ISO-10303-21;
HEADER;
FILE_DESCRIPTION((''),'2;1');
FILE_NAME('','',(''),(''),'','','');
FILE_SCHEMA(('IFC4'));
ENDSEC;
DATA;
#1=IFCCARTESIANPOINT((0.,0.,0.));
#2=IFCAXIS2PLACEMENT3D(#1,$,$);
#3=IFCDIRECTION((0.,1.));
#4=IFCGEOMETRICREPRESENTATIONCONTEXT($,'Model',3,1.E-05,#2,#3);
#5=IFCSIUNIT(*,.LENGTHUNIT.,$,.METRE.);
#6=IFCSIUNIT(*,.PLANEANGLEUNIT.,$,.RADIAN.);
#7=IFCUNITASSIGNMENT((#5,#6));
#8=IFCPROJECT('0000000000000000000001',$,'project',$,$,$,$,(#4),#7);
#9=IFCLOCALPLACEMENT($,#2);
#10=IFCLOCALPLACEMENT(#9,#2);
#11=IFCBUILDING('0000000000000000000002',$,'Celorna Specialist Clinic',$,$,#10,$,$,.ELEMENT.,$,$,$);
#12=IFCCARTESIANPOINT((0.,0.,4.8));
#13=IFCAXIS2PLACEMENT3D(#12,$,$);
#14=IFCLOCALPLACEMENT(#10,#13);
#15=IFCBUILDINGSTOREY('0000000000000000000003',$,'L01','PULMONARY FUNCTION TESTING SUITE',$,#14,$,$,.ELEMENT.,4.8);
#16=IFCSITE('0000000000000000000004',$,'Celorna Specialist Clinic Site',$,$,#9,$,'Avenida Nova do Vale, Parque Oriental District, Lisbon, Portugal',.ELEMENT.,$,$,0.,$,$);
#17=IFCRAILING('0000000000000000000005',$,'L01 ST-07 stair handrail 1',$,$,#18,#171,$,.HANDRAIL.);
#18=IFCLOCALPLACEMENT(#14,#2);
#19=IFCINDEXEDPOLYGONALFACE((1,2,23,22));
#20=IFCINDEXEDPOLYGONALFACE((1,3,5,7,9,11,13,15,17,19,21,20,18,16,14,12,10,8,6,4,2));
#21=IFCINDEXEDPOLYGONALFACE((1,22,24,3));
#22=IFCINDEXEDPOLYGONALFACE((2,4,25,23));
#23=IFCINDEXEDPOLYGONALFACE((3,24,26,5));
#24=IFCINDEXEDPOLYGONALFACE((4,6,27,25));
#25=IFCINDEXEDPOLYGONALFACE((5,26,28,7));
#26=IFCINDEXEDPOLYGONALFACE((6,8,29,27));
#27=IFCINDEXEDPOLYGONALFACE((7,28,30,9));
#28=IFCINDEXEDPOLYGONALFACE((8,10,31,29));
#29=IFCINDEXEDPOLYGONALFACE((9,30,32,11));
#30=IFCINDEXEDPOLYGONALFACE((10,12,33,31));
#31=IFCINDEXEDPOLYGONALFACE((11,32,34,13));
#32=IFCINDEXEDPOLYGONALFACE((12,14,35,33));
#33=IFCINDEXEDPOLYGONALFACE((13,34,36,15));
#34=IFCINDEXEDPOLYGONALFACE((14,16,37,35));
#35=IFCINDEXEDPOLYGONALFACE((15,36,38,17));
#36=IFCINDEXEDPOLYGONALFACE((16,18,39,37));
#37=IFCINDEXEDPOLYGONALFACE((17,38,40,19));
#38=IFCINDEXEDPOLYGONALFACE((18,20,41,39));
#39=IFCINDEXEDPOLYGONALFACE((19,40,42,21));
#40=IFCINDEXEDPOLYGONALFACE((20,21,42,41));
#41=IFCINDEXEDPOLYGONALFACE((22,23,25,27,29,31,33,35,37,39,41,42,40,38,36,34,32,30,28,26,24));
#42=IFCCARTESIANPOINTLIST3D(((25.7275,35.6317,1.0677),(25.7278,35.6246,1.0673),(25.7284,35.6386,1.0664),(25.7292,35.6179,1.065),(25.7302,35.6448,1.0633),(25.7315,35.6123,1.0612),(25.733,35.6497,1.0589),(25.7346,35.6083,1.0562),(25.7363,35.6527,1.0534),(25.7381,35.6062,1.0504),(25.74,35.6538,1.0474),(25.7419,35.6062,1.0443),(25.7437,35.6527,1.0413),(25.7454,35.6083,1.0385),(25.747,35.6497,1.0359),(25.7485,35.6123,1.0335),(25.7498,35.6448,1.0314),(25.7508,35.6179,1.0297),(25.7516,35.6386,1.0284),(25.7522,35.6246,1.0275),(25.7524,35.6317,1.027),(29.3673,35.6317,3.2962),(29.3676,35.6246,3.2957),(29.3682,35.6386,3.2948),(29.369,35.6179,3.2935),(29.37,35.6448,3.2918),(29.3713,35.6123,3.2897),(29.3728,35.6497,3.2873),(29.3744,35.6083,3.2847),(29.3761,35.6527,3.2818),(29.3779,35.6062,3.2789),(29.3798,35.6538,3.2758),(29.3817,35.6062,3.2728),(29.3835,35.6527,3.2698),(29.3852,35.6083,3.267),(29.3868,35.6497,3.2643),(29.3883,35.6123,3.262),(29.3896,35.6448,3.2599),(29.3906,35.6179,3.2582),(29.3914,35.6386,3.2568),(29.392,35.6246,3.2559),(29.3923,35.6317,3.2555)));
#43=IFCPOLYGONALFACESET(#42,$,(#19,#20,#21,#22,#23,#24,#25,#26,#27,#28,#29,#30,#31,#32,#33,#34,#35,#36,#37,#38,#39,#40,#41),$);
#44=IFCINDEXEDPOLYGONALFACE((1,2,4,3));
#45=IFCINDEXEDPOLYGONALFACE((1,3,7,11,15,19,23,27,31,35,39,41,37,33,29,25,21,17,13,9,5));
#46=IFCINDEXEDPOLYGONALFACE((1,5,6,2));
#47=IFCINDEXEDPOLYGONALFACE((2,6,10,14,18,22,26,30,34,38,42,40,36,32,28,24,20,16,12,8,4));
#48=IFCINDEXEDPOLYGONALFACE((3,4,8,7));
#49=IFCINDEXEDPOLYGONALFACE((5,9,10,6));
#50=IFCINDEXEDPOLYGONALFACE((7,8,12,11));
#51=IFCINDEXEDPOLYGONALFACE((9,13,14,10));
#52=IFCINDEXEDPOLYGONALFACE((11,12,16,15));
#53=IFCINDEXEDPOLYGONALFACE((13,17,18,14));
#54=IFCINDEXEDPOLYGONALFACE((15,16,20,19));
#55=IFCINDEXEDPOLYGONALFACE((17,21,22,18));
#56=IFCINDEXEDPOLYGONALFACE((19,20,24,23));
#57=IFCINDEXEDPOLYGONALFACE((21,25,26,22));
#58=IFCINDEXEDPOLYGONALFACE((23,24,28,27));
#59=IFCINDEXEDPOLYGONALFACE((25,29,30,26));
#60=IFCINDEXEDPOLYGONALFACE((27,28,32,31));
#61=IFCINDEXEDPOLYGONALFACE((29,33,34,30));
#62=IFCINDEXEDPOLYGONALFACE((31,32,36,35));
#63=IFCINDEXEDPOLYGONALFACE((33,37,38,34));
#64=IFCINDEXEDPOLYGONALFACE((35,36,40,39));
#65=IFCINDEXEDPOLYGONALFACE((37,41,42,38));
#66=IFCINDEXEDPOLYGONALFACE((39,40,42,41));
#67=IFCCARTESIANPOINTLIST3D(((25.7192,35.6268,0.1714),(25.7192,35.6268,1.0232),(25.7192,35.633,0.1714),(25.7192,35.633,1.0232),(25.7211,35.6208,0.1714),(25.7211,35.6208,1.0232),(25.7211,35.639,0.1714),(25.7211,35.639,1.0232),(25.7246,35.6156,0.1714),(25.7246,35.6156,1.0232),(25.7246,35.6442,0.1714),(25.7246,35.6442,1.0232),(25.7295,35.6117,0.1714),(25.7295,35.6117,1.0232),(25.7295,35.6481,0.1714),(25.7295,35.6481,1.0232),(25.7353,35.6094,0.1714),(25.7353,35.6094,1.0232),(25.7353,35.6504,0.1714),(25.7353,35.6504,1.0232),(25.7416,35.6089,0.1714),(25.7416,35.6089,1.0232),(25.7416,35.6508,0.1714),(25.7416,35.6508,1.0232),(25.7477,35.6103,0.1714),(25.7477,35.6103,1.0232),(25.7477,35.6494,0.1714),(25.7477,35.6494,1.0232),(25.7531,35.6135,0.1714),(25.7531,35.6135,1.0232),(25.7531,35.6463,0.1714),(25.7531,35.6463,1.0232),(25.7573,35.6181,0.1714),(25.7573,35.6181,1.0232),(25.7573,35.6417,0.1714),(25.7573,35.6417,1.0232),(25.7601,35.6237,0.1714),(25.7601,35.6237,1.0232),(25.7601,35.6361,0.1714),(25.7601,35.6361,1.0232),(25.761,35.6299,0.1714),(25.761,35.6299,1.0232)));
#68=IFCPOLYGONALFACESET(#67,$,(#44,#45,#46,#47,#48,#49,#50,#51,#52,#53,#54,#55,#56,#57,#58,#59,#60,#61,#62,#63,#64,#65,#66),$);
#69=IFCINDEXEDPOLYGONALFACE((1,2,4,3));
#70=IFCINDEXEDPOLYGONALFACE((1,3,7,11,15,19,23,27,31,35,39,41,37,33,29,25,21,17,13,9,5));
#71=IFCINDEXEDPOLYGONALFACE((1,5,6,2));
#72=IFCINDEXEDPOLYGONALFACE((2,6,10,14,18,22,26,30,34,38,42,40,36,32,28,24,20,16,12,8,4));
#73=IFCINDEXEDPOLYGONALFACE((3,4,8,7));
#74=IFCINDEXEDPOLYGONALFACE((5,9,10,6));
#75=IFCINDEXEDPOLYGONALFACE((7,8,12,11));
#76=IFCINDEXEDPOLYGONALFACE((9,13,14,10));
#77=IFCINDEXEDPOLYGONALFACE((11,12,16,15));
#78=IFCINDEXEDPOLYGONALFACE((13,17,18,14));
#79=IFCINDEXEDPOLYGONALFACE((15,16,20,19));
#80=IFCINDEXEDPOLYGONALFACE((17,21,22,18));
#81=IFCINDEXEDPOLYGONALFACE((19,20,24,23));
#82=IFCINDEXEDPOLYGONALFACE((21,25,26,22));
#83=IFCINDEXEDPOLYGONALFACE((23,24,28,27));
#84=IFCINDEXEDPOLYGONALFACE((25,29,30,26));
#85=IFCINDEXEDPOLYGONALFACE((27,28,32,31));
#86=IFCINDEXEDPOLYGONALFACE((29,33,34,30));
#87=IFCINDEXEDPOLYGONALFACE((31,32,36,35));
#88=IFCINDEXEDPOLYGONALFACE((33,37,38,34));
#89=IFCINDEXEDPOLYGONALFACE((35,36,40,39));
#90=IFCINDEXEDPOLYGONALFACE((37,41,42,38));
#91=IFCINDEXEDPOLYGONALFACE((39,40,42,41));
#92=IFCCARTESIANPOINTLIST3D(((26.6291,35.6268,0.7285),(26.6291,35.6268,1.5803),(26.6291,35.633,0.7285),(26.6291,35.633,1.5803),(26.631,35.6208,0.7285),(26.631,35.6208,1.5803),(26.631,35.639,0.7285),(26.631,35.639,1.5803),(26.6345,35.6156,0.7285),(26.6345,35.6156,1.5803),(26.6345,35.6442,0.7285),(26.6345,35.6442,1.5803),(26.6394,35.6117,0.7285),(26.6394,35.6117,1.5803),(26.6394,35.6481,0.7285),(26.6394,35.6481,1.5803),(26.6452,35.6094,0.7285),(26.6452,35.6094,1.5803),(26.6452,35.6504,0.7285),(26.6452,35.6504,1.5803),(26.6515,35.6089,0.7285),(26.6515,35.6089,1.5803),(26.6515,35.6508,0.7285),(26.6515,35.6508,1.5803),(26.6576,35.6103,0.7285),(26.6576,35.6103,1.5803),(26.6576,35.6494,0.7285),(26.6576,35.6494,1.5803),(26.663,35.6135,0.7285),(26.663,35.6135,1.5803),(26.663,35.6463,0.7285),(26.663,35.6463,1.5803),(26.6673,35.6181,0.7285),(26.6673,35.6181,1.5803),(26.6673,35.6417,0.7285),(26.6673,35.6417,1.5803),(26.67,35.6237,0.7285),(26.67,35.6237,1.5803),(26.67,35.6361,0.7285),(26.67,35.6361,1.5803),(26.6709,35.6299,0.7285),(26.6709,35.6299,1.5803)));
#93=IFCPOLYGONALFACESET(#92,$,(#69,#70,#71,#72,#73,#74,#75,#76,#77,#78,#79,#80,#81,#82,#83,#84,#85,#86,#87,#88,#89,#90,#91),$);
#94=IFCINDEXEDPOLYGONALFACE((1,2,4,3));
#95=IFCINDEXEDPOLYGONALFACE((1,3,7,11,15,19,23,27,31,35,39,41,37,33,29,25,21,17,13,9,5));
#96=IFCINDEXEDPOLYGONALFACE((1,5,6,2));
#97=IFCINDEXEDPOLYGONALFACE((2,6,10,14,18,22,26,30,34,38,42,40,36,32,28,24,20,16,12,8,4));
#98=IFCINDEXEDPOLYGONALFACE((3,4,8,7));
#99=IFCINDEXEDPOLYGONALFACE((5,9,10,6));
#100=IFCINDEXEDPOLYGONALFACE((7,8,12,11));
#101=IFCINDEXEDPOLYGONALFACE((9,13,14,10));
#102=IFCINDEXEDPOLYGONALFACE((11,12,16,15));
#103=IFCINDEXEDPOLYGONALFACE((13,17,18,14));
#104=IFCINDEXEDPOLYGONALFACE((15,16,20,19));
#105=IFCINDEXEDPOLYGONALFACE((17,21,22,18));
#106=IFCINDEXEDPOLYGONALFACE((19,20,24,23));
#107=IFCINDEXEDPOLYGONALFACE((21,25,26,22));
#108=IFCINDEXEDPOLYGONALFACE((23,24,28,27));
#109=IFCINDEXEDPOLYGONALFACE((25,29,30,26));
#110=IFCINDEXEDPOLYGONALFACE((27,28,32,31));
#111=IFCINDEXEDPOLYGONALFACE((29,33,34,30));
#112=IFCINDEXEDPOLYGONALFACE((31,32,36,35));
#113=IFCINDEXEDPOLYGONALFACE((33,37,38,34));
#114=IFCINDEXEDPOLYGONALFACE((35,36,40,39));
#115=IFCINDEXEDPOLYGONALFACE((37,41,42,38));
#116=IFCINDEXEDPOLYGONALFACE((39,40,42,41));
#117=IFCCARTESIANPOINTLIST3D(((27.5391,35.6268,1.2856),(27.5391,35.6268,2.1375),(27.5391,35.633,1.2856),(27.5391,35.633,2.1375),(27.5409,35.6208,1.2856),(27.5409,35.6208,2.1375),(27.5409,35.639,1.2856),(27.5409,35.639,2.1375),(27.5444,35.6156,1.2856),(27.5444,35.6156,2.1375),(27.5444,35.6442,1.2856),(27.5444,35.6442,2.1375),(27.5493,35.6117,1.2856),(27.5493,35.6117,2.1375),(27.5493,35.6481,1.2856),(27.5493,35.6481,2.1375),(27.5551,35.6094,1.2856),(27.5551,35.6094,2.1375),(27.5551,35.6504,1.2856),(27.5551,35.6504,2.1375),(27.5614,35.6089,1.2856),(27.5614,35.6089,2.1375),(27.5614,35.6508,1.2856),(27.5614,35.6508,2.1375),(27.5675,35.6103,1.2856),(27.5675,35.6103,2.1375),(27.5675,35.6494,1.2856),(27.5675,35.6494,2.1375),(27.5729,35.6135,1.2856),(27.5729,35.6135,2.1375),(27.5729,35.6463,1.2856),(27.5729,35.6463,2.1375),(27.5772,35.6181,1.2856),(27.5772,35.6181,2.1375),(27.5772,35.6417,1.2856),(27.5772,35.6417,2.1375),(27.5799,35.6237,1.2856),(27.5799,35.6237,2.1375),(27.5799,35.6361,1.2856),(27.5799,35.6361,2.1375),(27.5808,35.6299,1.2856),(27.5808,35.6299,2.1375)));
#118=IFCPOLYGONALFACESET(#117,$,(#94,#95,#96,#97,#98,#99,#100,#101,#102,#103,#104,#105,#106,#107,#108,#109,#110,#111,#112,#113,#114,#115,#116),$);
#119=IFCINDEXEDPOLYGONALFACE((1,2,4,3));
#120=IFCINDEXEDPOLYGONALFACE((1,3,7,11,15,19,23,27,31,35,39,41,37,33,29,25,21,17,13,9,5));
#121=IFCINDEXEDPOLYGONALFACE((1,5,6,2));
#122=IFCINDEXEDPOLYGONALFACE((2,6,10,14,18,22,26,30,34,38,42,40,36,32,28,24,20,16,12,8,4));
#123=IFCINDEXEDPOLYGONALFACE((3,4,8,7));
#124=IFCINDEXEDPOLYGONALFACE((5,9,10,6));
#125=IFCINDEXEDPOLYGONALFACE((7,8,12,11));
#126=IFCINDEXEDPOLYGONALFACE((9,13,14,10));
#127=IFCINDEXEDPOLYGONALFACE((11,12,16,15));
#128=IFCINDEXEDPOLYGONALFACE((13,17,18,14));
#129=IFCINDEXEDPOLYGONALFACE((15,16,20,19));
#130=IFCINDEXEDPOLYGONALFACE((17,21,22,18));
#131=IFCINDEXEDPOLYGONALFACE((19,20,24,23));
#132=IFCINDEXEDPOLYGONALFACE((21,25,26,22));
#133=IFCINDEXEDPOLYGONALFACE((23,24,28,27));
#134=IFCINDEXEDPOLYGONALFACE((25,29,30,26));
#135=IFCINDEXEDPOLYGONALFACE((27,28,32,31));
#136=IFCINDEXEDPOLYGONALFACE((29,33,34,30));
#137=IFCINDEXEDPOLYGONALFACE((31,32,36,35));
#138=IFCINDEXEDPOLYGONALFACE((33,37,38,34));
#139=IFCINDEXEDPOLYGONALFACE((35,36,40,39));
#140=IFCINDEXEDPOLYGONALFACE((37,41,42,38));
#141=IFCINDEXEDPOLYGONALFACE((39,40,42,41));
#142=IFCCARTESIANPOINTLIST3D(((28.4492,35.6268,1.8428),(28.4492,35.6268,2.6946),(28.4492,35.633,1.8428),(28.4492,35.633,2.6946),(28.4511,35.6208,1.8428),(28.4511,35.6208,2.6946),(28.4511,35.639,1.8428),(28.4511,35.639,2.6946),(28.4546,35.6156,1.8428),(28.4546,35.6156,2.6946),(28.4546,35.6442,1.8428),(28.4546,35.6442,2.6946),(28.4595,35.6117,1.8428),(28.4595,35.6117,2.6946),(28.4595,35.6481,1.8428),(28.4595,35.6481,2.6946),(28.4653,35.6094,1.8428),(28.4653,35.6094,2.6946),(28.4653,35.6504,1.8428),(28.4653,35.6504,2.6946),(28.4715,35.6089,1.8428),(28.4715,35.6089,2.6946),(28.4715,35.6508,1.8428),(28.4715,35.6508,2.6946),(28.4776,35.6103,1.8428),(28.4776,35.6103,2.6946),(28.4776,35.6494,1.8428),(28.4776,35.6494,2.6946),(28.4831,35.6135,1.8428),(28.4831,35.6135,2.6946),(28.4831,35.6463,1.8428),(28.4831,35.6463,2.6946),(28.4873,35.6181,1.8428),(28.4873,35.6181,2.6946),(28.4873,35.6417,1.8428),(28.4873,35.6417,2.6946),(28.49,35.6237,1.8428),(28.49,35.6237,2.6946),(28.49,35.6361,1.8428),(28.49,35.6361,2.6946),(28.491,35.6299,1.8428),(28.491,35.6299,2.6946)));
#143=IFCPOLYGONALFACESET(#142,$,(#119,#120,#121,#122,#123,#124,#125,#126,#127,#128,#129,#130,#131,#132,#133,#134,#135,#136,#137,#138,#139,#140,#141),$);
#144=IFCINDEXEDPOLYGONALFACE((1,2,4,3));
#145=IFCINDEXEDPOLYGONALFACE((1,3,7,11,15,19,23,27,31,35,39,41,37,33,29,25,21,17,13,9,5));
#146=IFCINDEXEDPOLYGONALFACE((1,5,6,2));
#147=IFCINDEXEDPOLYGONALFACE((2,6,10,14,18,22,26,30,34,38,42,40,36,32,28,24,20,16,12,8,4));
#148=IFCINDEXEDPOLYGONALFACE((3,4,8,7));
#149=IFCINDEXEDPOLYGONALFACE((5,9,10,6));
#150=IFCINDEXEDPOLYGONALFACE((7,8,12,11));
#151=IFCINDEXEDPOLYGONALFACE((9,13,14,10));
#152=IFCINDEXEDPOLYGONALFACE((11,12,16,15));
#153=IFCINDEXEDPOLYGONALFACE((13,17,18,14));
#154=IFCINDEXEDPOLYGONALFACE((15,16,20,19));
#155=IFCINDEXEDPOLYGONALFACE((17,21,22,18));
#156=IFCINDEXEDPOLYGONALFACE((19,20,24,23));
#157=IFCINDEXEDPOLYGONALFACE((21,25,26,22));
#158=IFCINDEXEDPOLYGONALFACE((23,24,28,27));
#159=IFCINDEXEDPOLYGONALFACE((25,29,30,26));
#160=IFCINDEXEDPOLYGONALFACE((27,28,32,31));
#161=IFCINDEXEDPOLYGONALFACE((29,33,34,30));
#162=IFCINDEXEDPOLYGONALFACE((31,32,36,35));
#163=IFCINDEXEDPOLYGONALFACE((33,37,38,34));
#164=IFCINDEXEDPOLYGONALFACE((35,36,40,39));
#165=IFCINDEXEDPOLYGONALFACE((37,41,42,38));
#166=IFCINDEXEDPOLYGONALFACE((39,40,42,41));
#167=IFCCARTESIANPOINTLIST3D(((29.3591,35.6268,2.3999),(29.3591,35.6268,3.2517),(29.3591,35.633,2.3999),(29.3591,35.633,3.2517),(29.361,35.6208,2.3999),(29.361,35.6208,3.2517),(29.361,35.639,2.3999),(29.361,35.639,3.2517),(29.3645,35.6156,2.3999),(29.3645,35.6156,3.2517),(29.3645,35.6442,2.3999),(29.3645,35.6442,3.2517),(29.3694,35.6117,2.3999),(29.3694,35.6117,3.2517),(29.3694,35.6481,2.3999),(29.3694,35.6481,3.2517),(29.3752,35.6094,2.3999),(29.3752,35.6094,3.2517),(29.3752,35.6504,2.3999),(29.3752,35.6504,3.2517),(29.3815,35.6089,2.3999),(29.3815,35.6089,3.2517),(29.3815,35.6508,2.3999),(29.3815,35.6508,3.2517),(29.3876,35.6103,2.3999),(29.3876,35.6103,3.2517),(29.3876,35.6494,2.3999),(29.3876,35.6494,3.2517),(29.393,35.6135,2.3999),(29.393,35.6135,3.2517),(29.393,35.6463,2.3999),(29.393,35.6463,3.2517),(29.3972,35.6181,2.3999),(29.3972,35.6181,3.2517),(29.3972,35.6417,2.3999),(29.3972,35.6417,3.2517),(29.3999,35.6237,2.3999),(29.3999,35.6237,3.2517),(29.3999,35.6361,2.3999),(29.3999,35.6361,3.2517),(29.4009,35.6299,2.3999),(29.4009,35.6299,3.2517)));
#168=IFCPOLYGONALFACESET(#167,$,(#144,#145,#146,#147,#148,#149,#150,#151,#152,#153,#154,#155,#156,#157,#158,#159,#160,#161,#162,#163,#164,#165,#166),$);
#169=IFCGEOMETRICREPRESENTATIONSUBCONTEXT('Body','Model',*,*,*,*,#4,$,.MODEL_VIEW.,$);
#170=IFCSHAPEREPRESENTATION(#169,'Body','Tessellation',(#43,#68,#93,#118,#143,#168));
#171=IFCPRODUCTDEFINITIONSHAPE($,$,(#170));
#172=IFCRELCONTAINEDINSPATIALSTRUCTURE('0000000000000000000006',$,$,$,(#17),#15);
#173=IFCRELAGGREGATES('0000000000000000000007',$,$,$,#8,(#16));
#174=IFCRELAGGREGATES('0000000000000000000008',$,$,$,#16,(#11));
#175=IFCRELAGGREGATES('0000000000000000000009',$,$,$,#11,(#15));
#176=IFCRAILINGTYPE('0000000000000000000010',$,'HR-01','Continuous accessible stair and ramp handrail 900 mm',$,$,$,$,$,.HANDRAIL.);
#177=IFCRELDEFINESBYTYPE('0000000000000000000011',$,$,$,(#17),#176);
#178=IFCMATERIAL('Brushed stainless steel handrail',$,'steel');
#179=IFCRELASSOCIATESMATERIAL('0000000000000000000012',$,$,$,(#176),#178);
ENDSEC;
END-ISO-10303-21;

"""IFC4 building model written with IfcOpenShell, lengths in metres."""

from ifc_helpers import new_model, si_unit, direction, frame, origin, origin_2d, place, context, subcontext, project, spatial, circle, extrude, material, type_object, element, save


model = new_model("IFC4")

# Units and contexts
model_context = context("Model", 3, precision=1e-05, world=origin(), true_north=direction((0.0, 1.0)))
body_context = subcontext(model_context, "Body", "Model", "MODEL_VIEW")
ifc_project = project(units=[si_unit("LENGTHUNIT", "METRE"), si_unit("PLANEANGLEUNIT", "RADIAN")], contexts=[model_context])

# Site, building, storey
site_placement = place(None, origin())
site = spatial("IfcSite", under=ifc_project, at=site_placement, Name="Celorna Specialist Clinic Site", LongName="Avenida Nova do Vale, Parque Oriental District, Lisbon, Portugal", CompositionType="ELEMENT", RefElevation=0.0)
building_placement = place(site_placement, origin())
building = spatial("IfcBuilding", under=site, at=building_placement, Name="Celorna Specialist Clinic", CompositionType="ELEMENT")
storey_placement = place(building_placement, frame((0.0, 0.0, 4.8)))
storey = spatial("IfcBuildingStorey", under=building, at=storey_placement, Name="L01", Description="PULMONARY FUNCTION TESTING SUITE", CompositionType="ELEMENT", Elevation=4.8)

# Railing
ifc_material_1 = material(Name="Brushed stainless steel handrail", Category="steel")
railing_type_1 = type_object("IfcRailingType", Name="HR-01", Description="Continuous accessible stair and ramp handrail 900 mm", PredefinedType="HANDRAIL", material=ifc_material_1)
railing_1_placement = place(storey_placement, frame((25.74, 35.6299, 0.1714)))
element("IfcRailing", 1, at=railing_1_placement, inside=storey, type_object=railing_type_1, Name="L01 ST-07 stair handrail 1", PredefinedType="HANDRAIL", context=body_context, shape_type="SweptSolid", body=[
    extrude(circle(Radius=0.0239, at=origin_2d()), frame((0.0, 0.0, 0.876), z_axis=(0.85285, 0.0, 0.522156), x_axis=(0.0, 1.0, 0.0)), (0.0, 0.0, 1.0), 4.2678),
    extrude(circle(Radius=0.021, at=origin_2d()), origin(), (0.0, 0.0, 1.0), 0.8518),
    extrude(circle(Radius=0.021, at=origin_2d()), frame((0.9099, 0.0, 0.5571)), (0.0, 0.0, 1.0), 0.8518),
    extrude(circle(Radius=0.021, at=origin_2d()), frame((1.8198, 0.0, 1.1143)), (0.0, 0.0, 1.0), 0.8518),
    extrude(circle(Radius=0.021, at=origin_2d()), frame((2.73, 0.0, 1.6714)), (0.0, 0.0, 1.0), 0.8518),
    extrude(circle(Radius=0.021, at=origin_2d()), frame((3.6399, 0.0, 2.2285)), (0.0, 0.0, 1.0), 0.8518),
])

save(model, "model.ifc")
